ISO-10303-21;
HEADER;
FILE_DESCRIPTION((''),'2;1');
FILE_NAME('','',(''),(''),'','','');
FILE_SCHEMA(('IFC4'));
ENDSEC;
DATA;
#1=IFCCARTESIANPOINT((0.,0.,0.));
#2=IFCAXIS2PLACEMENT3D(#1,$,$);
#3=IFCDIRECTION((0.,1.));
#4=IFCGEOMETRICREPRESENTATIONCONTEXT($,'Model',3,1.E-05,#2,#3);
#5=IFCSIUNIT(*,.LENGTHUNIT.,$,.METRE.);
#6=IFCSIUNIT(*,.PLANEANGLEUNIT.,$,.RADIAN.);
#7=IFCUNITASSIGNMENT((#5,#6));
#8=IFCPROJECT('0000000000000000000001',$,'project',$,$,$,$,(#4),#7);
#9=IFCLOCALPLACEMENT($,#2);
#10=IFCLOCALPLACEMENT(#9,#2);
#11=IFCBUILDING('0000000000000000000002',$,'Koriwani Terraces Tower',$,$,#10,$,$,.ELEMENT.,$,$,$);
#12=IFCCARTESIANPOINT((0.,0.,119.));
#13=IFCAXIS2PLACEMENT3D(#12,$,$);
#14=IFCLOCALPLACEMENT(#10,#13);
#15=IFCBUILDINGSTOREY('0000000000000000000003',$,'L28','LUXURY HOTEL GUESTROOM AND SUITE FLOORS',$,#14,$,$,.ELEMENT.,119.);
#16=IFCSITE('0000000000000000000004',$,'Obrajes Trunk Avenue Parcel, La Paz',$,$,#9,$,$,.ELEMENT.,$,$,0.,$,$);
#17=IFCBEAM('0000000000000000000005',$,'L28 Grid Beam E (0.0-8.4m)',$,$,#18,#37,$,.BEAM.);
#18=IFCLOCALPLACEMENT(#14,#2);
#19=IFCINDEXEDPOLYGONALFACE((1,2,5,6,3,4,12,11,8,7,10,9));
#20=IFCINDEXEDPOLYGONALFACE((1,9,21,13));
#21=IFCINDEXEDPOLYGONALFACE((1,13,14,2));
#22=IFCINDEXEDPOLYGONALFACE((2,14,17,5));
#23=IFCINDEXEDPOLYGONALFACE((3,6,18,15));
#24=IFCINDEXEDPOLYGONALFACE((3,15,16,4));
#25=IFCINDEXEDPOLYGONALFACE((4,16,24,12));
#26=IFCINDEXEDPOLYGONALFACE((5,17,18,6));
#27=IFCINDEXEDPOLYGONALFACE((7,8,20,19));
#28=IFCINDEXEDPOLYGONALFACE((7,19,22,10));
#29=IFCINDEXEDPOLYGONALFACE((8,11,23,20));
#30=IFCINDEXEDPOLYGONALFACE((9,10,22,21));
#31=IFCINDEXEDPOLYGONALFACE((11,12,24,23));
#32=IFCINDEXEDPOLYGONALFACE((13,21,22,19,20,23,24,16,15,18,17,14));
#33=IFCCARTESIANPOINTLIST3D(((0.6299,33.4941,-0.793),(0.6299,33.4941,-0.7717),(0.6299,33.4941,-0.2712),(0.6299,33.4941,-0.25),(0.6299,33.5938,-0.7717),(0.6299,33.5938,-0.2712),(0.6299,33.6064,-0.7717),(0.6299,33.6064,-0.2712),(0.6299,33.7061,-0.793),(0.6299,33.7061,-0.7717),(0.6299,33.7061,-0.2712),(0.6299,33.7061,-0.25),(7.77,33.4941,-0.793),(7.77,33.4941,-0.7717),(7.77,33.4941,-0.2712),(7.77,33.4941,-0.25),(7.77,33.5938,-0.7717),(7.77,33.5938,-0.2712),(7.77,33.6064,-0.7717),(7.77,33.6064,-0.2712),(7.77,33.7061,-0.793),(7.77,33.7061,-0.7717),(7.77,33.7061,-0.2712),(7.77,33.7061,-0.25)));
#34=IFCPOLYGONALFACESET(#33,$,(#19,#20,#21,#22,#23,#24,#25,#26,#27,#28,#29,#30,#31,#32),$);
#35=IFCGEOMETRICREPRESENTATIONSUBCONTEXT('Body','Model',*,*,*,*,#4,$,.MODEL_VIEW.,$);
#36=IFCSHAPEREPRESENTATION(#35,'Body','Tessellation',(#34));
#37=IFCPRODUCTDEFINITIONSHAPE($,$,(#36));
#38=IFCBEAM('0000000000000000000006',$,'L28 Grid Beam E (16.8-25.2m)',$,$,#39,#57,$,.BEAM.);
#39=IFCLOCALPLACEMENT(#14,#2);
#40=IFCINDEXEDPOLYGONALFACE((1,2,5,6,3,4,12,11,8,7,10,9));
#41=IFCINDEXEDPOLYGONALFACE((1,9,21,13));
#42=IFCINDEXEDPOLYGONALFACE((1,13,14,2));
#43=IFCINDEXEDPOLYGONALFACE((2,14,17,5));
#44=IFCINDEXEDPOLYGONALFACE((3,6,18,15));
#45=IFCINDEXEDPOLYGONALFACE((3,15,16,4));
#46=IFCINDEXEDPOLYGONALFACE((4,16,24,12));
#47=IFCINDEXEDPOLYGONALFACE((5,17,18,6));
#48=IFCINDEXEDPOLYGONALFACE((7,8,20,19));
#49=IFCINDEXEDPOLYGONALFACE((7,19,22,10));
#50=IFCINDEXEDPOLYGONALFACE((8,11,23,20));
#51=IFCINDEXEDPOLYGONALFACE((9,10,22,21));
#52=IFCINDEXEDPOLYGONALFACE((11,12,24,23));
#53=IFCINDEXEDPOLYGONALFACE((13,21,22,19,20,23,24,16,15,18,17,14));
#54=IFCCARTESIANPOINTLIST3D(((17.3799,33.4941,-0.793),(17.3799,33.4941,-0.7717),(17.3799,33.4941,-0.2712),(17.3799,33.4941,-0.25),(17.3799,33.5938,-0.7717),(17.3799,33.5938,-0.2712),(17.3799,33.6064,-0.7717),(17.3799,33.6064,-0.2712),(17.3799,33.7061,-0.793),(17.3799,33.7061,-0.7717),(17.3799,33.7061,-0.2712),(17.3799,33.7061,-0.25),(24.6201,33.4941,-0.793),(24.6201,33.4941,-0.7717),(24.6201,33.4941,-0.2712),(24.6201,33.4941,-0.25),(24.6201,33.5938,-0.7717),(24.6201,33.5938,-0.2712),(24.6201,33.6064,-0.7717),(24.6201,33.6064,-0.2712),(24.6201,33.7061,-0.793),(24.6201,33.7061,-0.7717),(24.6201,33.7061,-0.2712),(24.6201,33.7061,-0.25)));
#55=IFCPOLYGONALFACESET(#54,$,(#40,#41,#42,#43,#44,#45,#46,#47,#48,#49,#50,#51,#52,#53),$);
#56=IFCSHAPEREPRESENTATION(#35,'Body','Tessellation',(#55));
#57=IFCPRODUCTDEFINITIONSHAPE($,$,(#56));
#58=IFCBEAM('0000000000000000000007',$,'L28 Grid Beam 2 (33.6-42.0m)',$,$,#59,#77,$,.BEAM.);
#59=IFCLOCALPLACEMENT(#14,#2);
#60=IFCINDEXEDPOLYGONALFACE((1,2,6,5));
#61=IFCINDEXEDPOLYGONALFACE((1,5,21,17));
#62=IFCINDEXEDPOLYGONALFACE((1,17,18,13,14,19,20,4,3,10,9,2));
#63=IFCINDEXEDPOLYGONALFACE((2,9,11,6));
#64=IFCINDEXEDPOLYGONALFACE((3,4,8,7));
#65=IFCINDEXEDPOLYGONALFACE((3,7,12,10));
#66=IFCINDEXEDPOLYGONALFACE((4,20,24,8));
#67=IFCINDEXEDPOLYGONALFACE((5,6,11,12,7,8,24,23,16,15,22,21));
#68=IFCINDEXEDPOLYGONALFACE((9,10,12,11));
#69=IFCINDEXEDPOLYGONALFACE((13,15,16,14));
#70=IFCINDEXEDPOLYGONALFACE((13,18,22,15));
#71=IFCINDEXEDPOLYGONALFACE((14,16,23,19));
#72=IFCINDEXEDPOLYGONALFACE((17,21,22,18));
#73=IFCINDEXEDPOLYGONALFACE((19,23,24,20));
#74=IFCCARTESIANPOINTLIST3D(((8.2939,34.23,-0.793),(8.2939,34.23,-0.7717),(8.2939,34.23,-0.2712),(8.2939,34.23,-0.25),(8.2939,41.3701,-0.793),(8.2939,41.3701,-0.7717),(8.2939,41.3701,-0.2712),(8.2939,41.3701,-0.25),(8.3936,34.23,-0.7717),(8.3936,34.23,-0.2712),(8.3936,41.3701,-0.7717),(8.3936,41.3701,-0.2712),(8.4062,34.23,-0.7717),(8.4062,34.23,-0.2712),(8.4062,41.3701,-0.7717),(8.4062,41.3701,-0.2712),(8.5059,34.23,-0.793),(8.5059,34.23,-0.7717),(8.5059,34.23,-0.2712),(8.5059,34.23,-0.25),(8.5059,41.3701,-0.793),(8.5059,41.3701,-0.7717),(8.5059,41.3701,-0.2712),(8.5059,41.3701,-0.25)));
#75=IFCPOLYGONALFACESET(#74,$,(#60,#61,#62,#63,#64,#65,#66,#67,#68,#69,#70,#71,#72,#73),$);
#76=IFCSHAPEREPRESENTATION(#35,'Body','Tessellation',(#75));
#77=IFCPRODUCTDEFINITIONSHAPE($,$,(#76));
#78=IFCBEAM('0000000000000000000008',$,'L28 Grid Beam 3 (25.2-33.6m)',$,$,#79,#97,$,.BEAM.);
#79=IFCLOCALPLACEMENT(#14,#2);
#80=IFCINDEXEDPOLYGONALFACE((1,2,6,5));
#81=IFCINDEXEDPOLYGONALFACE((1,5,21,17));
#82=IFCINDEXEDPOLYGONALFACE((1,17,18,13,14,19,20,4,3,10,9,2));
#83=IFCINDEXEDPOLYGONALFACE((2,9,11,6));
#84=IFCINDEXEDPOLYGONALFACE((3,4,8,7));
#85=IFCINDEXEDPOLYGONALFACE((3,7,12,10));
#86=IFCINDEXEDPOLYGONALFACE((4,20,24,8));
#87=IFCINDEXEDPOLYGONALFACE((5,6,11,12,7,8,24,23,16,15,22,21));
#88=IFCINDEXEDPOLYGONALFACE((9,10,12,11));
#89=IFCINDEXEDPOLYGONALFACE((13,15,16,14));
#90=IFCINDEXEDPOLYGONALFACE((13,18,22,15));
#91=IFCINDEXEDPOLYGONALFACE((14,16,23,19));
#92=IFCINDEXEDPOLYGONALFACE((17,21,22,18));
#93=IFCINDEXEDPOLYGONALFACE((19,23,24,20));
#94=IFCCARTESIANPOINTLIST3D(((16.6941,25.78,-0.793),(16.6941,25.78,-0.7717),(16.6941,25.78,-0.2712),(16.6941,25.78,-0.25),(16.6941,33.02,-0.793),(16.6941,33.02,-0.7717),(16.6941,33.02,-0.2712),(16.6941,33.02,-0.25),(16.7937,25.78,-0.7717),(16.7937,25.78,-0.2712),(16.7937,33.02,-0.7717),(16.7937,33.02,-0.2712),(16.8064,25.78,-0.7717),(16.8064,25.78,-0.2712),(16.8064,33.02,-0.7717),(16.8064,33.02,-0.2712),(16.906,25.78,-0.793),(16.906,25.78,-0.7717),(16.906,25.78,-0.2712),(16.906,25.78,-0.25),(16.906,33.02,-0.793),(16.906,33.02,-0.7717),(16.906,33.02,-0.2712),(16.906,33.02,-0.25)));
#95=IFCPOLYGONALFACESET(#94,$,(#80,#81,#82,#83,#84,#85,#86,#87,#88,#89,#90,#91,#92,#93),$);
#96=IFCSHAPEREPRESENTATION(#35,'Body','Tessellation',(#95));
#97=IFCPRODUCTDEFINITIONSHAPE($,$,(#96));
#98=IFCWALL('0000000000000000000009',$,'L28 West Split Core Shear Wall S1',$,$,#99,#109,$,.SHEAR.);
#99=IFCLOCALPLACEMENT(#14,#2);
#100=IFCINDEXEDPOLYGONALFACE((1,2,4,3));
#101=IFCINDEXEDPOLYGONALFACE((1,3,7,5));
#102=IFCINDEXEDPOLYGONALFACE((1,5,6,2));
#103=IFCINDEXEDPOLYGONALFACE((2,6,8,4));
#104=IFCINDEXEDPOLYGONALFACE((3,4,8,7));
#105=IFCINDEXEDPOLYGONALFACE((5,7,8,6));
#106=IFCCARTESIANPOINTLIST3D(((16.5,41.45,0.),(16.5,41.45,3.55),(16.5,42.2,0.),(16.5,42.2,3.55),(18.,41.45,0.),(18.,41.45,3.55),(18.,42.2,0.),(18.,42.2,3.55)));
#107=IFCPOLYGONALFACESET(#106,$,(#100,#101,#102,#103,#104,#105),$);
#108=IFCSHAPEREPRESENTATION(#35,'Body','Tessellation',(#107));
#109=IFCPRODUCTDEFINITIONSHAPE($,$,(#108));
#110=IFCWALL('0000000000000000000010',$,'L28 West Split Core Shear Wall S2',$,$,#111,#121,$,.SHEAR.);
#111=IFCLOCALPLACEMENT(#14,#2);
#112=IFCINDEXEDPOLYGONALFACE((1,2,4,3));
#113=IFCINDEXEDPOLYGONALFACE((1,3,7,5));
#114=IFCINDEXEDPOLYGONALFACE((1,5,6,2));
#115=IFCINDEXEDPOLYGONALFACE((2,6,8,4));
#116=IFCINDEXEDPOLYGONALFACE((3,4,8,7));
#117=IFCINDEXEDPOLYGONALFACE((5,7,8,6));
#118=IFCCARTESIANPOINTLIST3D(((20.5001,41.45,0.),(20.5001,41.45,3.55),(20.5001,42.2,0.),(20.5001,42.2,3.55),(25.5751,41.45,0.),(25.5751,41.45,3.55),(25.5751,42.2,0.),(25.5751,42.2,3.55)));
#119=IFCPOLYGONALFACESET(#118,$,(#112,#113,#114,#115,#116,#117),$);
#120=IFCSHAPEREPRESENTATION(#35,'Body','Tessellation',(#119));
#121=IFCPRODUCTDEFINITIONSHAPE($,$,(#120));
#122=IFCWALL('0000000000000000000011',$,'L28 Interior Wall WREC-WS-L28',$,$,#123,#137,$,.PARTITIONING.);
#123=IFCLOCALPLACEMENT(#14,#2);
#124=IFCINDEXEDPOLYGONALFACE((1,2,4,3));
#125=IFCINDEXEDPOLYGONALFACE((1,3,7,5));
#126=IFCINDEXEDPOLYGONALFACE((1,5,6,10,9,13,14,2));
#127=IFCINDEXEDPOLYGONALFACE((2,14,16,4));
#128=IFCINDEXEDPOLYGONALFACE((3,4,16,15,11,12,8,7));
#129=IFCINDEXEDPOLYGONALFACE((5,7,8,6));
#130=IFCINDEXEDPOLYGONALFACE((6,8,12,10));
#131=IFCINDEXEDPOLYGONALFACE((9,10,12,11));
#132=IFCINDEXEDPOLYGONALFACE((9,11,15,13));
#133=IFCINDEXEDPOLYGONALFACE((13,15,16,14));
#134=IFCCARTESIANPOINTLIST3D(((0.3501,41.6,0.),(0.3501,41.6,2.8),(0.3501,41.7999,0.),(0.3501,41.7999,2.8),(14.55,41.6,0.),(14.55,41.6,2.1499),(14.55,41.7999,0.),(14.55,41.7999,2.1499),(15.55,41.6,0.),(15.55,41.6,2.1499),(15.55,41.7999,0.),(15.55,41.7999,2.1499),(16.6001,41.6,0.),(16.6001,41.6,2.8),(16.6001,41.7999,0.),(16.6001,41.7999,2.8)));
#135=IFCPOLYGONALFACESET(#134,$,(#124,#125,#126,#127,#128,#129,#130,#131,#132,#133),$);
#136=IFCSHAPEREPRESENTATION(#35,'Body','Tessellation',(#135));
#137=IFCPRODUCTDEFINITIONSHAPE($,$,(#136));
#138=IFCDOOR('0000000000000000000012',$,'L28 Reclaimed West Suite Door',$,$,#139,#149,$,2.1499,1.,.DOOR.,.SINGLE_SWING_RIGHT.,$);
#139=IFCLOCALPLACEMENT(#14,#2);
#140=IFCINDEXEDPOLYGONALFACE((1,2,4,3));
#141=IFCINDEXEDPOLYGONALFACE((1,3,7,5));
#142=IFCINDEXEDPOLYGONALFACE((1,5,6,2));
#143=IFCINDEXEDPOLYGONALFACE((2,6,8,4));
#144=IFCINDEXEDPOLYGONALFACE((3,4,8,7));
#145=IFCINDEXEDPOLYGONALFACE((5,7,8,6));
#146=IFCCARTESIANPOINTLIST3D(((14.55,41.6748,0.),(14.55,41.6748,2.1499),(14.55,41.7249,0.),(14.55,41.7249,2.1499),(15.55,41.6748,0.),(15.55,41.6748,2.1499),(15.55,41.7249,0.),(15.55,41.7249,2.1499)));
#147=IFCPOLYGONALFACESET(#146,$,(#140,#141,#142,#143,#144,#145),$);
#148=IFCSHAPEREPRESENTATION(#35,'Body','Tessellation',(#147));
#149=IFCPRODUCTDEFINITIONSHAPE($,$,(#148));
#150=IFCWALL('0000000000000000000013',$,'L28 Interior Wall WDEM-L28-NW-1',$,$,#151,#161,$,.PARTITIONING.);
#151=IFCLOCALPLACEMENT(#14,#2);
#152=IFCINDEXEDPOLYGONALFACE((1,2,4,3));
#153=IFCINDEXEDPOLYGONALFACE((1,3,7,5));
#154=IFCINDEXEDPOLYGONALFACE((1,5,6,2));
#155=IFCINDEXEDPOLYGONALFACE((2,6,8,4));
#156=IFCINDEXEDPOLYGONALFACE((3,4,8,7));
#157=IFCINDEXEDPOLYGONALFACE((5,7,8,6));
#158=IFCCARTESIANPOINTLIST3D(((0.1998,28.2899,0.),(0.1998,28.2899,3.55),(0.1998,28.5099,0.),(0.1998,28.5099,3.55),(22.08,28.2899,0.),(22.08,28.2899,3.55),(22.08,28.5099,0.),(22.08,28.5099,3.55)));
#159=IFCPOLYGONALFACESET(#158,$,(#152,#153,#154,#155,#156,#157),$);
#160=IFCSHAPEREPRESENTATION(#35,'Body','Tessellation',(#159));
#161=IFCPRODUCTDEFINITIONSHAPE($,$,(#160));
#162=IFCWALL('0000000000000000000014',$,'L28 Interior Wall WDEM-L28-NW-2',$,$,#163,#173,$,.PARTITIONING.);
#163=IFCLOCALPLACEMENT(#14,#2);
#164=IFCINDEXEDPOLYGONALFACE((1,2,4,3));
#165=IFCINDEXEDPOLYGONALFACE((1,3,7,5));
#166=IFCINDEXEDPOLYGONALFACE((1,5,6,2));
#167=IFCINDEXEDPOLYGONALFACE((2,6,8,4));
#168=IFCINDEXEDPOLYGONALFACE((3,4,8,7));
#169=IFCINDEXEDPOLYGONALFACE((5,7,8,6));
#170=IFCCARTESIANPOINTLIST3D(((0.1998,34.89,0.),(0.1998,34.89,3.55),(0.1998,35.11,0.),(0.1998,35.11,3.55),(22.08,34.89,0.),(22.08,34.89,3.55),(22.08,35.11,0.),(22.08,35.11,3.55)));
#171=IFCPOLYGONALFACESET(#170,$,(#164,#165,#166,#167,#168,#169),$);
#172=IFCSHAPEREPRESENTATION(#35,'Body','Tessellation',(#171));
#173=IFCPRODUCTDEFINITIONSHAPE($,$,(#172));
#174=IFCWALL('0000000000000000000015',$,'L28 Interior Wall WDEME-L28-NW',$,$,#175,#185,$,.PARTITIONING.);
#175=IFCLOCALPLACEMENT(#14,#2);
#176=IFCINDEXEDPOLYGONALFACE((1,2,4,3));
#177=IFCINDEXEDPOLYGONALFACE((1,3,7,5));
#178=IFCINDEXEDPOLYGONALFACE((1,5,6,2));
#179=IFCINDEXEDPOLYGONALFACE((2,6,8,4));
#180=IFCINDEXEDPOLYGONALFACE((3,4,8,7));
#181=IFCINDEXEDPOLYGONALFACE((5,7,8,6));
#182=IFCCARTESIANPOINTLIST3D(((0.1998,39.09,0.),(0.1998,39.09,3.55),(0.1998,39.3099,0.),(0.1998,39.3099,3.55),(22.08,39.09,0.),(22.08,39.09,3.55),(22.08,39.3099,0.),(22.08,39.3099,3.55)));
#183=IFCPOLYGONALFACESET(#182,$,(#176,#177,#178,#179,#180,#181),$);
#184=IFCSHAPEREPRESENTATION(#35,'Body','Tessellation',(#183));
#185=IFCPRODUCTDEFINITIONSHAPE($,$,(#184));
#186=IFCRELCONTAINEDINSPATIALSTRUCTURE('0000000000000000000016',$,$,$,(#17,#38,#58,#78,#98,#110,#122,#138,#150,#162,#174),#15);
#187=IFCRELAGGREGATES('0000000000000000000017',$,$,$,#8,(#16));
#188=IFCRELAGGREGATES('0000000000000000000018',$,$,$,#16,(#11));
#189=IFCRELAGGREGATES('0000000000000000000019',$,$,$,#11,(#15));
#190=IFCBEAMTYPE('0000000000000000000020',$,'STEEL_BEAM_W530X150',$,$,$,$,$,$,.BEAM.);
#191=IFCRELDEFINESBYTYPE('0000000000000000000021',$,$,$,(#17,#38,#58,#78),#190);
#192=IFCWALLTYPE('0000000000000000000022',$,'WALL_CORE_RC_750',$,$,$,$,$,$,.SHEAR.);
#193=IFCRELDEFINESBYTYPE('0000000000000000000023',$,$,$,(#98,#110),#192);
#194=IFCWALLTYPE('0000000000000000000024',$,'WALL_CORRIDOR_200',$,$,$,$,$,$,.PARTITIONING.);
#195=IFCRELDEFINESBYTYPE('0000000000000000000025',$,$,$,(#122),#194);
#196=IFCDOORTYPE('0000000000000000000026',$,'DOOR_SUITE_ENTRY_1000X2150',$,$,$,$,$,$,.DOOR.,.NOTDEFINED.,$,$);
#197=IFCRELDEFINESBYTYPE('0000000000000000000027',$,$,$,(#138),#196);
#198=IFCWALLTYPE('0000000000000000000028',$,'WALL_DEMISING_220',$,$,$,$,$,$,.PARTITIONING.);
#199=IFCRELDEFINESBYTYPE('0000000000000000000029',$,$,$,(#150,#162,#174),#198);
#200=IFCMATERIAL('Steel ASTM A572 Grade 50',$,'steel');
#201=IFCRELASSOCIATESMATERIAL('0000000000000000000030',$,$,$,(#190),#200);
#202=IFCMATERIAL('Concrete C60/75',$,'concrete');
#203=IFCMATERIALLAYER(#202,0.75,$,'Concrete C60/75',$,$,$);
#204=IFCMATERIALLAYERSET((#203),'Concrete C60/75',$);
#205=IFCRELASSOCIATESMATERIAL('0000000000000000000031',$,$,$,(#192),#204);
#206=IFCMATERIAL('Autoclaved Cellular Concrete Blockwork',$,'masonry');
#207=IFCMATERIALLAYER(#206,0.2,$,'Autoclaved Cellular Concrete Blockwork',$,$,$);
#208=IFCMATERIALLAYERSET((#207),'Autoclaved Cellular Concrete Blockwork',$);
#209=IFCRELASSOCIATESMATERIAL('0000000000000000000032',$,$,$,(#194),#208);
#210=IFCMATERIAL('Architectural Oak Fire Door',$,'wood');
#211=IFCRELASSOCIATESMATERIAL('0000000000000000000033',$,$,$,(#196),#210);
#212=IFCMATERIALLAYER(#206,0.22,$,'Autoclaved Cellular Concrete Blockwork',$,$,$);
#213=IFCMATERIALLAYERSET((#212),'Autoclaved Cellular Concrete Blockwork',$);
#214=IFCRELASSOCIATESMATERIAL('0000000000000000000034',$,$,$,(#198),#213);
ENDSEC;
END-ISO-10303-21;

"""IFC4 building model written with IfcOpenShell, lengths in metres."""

from ifc_helpers import new_model, si_unit, direction, frame, frame_2d, origin, origin_2d, place, context, subcontext, project, spatial, rectangle, i_section, extrude, material, layer, layer_set, material_profile, profile_set, type_object, element, fill, save


model = new_model("IFC4")

# Units and contexts
model_context = context("Model", 3, precision=1e-05, world=origin(), true_north=direction((0.0, 1.0)))
body_context = subcontext(model_context, "Body", "Model", "MODEL_VIEW")
ifc_project = project(units=[si_unit("LENGTHUNIT", "METRE"), si_unit("PLANEANGLEUNIT", "RADIAN")], contexts=[model_context])

# Site, building, storey
site_placement = place(None, origin())
site = spatial("IfcSite", under=ifc_project, at=site_placement, Name="Obrajes Trunk Avenue Parcel, La Paz", CompositionType="ELEMENT", RefElevation=0.0)
building_placement = place(site_placement, origin())
building = spatial("IfcBuilding", under=site, at=building_placement, Name="Koriwani Terraces Tower", CompositionType="ELEMENT")
storey_placement = place(building_placement, frame((0.0, 0.0, 119.0)))
storey = spatial("IfcBuildingStorey", under=building, at=storey_placement, Name="L28", Description="LUXURY HOTEL GUESTROOM AND SUITE FLOORS", CompositionType="ELEMENT", Elevation=119.0)

# Shared definitions
ifc_material_1 = material(Name="Concrete C60/75", Category="concrete")

# Beams
ifc_material_2 = material(Name="Steel ASTM A572 Grade 50", Category="steel")
ifc_material_profile_1 = material_profile(ifc_material_2, i_section(OverallWidth=0.2119, OverallDepth=0.543, WebThickness=0.0127, FlangeThickness=0.0212, at=origin_2d()), Name="Steel ASTM A572 Grade 50", Category="LoadBearing")
ifc_profile_set_1 = profile_set([ifc_material_profile_1], Name="Steel ASTM A572 Grade 50")
beam_type_1 = type_object("IfcBeamType", Name="STEEL_BEAM_W530X150", PredefinedType="BEAM", material=ifc_profile_set_1)
beam_1_placement = place(storey_placement, frame((0.6299, 33.6001, -0.5215), z_axis=(1.0, 0.0, 0.0), x_axis=(0.0, 1.0, 0.0)))
element("IfcBeam", 1, at=beam_1_placement, inside=storey, type_object=beam_type_1, Name="L28 Grid Beam E (0.0-8.4m)", PredefinedType="BEAM", context=body_context, shape_type="SweptSolid", body=[
    extrude(i_section(OverallWidth=0.2119, OverallDepth=0.543, WebThickness=0.0127, FlangeThickness=0.0212, at=origin_2d()), origin(), (0.0, 0.0, 1.0), 7.1401),
])
beam_2_placement = place(storey_placement, frame((17.3799, 33.6001, -0.5215), z_axis=(1.0, 0.0, 0.0), x_axis=(0.0, 1.0, 0.0)))
element("IfcBeam", 2, at=beam_2_placement, inside=storey, type_object=beam_type_1, Name="L28 Grid Beam E (16.8-25.2m)", PredefinedType="BEAM", context=body_context, shape_type="SweptSolid", body=[
    extrude(i_section(OverallWidth=0.2119, OverallDepth=0.543, WebThickness=0.0127, FlangeThickness=0.0212, at=origin_2d()), origin(), (0.0, 0.0, 1.0), 7.2402),
])
beam_3_placement = place(storey_placement, frame((8.3999, 34.23, -0.5215), z_axis=(0.0, 1.0, 0.0), x_axis=(-1.0, 0.0, 0.0)))
element("IfcBeam", 3, at=beam_3_placement, inside=storey, type_object=beam_type_1, Name="L28 Grid Beam 2 (33.6-42.0m)", PredefinedType="BEAM", context=body_context, shape_type="SweptSolid", body=[
    extrude(i_section(OverallWidth=0.2119, OverallDepth=0.543, WebThickness=0.0127, FlangeThickness=0.0212, at=origin_2d()), origin(), (0.0, 0.0, 1.0), 7.1401),
])
beam_4_placement = place(storey_placement, frame((16.8, 25.78, -0.5215), z_axis=(0.0, 1.0, 0.0), x_axis=(-1.0, 0.0, 0.0)))
element("IfcBeam", 4, at=beam_4_placement, inside=storey, type_object=beam_type_1, Name="L28 Grid Beam 3 (25.2-33.6m)", PredefinedType="BEAM", context=body_context, shape_type="SweptSolid", body=[
    extrude(i_section(OverallWidth=0.2119, OverallDepth=0.543, WebThickness=0.0127, FlangeThickness=0.0212, at=origin_2d()), origin(), (0.0, 0.0, 1.0), 7.24),
])

# Walls
ifc_layer_1 = layer(ifc_material_1, 0.75, Name="Concrete C60/75")
ifc_layer_set_1 = layer_set([ifc_layer_1], Name="Concrete C60/75")
wall_type_1 = type_object("IfcWallType", Name="WALL_CORE_RC_750", PredefinedType="SHEAR", material=ifc_layer_set_1)
wall_1_placement = place(storey_placement, frame((16.5, 41.825, 0.0), z_axis=(0.0, 0.0, 1.0), x_axis=(1.0, 0.0, 0.0)))
element("IfcWall", 5, at=wall_1_placement, inside=storey, type_object=wall_type_1, Name="L28 West Split Core Shear Wall S1", PredefinedType="SHEAR", context=body_context, shape_type="SweptSolid", body=[
    extrude(rectangle(XDim=1.5, YDim=0.75, at=frame_2d((0.75, 0.0))), origin(), (0.0, 0.0, 1.0), 3.55),
])
wall_2_placement = place(storey_placement, frame((20.5, 41.825, 0.0), z_axis=(0.0, 0.0, 1.0), x_axis=(1.0, 0.0, 0.0)))
element("IfcWall", 6, at=wall_2_placement, inside=storey, type_object=wall_type_1, Name="L28 West Split Core Shear Wall S2", PredefinedType="SHEAR", context=body_context, shape_type="SweptSolid", body=[
    extrude(rectangle(XDim=5.075, YDim=0.75, at=frame_2d((2.5376, 0.0))), origin(), (0.0, 0.0, 1.0), 3.55),
])

# Wall, opening, door
ifc_material_3 = material(Name="Autoclaved Cellular Concrete Blockwork", Category="masonry")
ifc_layer_2 = layer(ifc_material_3, 0.2, Name="Autoclaved Cellular Concrete Blockwork")
ifc_layer_set_2 = layer_set([ifc_layer_2], Name="Autoclaved Cellular Concrete Blockwork")
wall_type_2 = type_object("IfcWallType", Name="WALL_CORRIDOR_200", PredefinedType="PARTITIONING", material=ifc_layer_set_2)
wall_3_placement = place(storey_placement, frame((0.3501, 41.7, 0.0), z_axis=(0.0, 0.0, 1.0), x_axis=(1.0, 0.0, 0.0)))
wall_3 = element("IfcWall", 7, at=wall_3_placement, inside=storey, type_object=wall_type_2, Name="L28 Interior Wall WREC-WS-L28", PredefinedType="PARTITIONING", context=body_context, shape_type="SweptSolid", body=[
    extrude(rectangle(XDim=16.25, YDim=0.2, at=frame_2d((8.125, 0.0))), origin(), (0.0, 0.0, 1.0), 2.8),
])
opening_1_placement = place(wall_3_placement, frame((14.2, 0.0, 0.0)))
opening_1 = element("IfcOpeningElement", 8, at=opening_1_placement, cuts=wall_3, PredefinedType="OPENING", context=body_context, shape_type="SweptSolid", body=[
    extrude(rectangle(XDim=1.0, YDim=2.1499, at=frame_2d((0.5, 1.075))), frame((0.0, 0.1099, 0.0), z_axis=(0.0, -1.0, 0.0), x_axis=(1.0, 0.0, 0.0)), (0.0, 0.0, 1.0), 0.22),
])
ifc_material_4 = material(Name="Architectural Oak Fire Door", Category="wood")
door_type_1 = type_object("IfcDoorType", Name="DOOR_SUITE_ENTRY_1000X2150", OperationType="NOTDEFINED", PredefinedType="DOOR", material=ifc_material_4)
door_1_placement = place(opening_1_placement, origin())
door_1 = element("IfcDoor", 9, at=door_1_placement, inside=storey, type_object=door_type_1, Name="L28 Reclaimed West Suite Door", OperationType="SINGLE_SWING_RIGHT", OverallHeight=2.1499, OverallWidth=1.0, PredefinedType="DOOR", context=body_context, shape_type="SweptSolid", body=[
    extrude(rectangle(XDim=1.0, YDim=2.1499, at=frame_2d((0.5, 1.075))), frame((0.0, 0.0249, 0.0), z_axis=(0.0, -1.0, 0.0), x_axis=(1.0, 0.0, 0.0)), (0.0, 0.0, 1.0), 0.05),
])
fill(opening_1, door_1)

# Walls
ifc_layer_3 = layer(ifc_material_3, 0.22, Name="Autoclaved Cellular Concrete Blockwork")
ifc_layer_set_3 = layer_set([ifc_layer_3], Name="Autoclaved Cellular Concrete Blockwork")
wall_type_3 = type_object("IfcWallType", Name="WALL_DEMISING_220", PredefinedType="PARTITIONING", material=ifc_layer_set_3)
for number, where, z_axis, x_axis, name in (
    (10, (0.2, 28.3999, 0.0), (0.0, 0.0, 1.0), (1.0, 0.0, 0.0), "L28 Interior Wall WDEM-L28-NW-1"),
    (11, (0.2, 35.0, 0.0), (0.0, 0.0, 1.0), (1.0, 0.0, 0.0), "L28 Interior Wall WDEM-L28-NW-2"),
    (12, (0.2, 39.2, 0.0), (0.0, 0.0, 1.0), (1.0, 0.0, 0.0), "L28 Interior Wall WDEME-L28-NW"),
):
    element("IfcWall", number, at=place(storey_placement, frame(where, z_axis=z_axis, x_axis=x_axis)), inside=storey, type_object=wall_type_3, Name=name, PredefinedType="PARTITIONING", context=body_context, shape_type="SweptSolid", body=[
        extrude(rectangle(XDim=21.8801, YDim=0.22, at=frame_2d((10.9399, 0.0))), origin(), (0.0, 0.0, 1.0), 3.55),
    ])

save(model, "model.ifc")
